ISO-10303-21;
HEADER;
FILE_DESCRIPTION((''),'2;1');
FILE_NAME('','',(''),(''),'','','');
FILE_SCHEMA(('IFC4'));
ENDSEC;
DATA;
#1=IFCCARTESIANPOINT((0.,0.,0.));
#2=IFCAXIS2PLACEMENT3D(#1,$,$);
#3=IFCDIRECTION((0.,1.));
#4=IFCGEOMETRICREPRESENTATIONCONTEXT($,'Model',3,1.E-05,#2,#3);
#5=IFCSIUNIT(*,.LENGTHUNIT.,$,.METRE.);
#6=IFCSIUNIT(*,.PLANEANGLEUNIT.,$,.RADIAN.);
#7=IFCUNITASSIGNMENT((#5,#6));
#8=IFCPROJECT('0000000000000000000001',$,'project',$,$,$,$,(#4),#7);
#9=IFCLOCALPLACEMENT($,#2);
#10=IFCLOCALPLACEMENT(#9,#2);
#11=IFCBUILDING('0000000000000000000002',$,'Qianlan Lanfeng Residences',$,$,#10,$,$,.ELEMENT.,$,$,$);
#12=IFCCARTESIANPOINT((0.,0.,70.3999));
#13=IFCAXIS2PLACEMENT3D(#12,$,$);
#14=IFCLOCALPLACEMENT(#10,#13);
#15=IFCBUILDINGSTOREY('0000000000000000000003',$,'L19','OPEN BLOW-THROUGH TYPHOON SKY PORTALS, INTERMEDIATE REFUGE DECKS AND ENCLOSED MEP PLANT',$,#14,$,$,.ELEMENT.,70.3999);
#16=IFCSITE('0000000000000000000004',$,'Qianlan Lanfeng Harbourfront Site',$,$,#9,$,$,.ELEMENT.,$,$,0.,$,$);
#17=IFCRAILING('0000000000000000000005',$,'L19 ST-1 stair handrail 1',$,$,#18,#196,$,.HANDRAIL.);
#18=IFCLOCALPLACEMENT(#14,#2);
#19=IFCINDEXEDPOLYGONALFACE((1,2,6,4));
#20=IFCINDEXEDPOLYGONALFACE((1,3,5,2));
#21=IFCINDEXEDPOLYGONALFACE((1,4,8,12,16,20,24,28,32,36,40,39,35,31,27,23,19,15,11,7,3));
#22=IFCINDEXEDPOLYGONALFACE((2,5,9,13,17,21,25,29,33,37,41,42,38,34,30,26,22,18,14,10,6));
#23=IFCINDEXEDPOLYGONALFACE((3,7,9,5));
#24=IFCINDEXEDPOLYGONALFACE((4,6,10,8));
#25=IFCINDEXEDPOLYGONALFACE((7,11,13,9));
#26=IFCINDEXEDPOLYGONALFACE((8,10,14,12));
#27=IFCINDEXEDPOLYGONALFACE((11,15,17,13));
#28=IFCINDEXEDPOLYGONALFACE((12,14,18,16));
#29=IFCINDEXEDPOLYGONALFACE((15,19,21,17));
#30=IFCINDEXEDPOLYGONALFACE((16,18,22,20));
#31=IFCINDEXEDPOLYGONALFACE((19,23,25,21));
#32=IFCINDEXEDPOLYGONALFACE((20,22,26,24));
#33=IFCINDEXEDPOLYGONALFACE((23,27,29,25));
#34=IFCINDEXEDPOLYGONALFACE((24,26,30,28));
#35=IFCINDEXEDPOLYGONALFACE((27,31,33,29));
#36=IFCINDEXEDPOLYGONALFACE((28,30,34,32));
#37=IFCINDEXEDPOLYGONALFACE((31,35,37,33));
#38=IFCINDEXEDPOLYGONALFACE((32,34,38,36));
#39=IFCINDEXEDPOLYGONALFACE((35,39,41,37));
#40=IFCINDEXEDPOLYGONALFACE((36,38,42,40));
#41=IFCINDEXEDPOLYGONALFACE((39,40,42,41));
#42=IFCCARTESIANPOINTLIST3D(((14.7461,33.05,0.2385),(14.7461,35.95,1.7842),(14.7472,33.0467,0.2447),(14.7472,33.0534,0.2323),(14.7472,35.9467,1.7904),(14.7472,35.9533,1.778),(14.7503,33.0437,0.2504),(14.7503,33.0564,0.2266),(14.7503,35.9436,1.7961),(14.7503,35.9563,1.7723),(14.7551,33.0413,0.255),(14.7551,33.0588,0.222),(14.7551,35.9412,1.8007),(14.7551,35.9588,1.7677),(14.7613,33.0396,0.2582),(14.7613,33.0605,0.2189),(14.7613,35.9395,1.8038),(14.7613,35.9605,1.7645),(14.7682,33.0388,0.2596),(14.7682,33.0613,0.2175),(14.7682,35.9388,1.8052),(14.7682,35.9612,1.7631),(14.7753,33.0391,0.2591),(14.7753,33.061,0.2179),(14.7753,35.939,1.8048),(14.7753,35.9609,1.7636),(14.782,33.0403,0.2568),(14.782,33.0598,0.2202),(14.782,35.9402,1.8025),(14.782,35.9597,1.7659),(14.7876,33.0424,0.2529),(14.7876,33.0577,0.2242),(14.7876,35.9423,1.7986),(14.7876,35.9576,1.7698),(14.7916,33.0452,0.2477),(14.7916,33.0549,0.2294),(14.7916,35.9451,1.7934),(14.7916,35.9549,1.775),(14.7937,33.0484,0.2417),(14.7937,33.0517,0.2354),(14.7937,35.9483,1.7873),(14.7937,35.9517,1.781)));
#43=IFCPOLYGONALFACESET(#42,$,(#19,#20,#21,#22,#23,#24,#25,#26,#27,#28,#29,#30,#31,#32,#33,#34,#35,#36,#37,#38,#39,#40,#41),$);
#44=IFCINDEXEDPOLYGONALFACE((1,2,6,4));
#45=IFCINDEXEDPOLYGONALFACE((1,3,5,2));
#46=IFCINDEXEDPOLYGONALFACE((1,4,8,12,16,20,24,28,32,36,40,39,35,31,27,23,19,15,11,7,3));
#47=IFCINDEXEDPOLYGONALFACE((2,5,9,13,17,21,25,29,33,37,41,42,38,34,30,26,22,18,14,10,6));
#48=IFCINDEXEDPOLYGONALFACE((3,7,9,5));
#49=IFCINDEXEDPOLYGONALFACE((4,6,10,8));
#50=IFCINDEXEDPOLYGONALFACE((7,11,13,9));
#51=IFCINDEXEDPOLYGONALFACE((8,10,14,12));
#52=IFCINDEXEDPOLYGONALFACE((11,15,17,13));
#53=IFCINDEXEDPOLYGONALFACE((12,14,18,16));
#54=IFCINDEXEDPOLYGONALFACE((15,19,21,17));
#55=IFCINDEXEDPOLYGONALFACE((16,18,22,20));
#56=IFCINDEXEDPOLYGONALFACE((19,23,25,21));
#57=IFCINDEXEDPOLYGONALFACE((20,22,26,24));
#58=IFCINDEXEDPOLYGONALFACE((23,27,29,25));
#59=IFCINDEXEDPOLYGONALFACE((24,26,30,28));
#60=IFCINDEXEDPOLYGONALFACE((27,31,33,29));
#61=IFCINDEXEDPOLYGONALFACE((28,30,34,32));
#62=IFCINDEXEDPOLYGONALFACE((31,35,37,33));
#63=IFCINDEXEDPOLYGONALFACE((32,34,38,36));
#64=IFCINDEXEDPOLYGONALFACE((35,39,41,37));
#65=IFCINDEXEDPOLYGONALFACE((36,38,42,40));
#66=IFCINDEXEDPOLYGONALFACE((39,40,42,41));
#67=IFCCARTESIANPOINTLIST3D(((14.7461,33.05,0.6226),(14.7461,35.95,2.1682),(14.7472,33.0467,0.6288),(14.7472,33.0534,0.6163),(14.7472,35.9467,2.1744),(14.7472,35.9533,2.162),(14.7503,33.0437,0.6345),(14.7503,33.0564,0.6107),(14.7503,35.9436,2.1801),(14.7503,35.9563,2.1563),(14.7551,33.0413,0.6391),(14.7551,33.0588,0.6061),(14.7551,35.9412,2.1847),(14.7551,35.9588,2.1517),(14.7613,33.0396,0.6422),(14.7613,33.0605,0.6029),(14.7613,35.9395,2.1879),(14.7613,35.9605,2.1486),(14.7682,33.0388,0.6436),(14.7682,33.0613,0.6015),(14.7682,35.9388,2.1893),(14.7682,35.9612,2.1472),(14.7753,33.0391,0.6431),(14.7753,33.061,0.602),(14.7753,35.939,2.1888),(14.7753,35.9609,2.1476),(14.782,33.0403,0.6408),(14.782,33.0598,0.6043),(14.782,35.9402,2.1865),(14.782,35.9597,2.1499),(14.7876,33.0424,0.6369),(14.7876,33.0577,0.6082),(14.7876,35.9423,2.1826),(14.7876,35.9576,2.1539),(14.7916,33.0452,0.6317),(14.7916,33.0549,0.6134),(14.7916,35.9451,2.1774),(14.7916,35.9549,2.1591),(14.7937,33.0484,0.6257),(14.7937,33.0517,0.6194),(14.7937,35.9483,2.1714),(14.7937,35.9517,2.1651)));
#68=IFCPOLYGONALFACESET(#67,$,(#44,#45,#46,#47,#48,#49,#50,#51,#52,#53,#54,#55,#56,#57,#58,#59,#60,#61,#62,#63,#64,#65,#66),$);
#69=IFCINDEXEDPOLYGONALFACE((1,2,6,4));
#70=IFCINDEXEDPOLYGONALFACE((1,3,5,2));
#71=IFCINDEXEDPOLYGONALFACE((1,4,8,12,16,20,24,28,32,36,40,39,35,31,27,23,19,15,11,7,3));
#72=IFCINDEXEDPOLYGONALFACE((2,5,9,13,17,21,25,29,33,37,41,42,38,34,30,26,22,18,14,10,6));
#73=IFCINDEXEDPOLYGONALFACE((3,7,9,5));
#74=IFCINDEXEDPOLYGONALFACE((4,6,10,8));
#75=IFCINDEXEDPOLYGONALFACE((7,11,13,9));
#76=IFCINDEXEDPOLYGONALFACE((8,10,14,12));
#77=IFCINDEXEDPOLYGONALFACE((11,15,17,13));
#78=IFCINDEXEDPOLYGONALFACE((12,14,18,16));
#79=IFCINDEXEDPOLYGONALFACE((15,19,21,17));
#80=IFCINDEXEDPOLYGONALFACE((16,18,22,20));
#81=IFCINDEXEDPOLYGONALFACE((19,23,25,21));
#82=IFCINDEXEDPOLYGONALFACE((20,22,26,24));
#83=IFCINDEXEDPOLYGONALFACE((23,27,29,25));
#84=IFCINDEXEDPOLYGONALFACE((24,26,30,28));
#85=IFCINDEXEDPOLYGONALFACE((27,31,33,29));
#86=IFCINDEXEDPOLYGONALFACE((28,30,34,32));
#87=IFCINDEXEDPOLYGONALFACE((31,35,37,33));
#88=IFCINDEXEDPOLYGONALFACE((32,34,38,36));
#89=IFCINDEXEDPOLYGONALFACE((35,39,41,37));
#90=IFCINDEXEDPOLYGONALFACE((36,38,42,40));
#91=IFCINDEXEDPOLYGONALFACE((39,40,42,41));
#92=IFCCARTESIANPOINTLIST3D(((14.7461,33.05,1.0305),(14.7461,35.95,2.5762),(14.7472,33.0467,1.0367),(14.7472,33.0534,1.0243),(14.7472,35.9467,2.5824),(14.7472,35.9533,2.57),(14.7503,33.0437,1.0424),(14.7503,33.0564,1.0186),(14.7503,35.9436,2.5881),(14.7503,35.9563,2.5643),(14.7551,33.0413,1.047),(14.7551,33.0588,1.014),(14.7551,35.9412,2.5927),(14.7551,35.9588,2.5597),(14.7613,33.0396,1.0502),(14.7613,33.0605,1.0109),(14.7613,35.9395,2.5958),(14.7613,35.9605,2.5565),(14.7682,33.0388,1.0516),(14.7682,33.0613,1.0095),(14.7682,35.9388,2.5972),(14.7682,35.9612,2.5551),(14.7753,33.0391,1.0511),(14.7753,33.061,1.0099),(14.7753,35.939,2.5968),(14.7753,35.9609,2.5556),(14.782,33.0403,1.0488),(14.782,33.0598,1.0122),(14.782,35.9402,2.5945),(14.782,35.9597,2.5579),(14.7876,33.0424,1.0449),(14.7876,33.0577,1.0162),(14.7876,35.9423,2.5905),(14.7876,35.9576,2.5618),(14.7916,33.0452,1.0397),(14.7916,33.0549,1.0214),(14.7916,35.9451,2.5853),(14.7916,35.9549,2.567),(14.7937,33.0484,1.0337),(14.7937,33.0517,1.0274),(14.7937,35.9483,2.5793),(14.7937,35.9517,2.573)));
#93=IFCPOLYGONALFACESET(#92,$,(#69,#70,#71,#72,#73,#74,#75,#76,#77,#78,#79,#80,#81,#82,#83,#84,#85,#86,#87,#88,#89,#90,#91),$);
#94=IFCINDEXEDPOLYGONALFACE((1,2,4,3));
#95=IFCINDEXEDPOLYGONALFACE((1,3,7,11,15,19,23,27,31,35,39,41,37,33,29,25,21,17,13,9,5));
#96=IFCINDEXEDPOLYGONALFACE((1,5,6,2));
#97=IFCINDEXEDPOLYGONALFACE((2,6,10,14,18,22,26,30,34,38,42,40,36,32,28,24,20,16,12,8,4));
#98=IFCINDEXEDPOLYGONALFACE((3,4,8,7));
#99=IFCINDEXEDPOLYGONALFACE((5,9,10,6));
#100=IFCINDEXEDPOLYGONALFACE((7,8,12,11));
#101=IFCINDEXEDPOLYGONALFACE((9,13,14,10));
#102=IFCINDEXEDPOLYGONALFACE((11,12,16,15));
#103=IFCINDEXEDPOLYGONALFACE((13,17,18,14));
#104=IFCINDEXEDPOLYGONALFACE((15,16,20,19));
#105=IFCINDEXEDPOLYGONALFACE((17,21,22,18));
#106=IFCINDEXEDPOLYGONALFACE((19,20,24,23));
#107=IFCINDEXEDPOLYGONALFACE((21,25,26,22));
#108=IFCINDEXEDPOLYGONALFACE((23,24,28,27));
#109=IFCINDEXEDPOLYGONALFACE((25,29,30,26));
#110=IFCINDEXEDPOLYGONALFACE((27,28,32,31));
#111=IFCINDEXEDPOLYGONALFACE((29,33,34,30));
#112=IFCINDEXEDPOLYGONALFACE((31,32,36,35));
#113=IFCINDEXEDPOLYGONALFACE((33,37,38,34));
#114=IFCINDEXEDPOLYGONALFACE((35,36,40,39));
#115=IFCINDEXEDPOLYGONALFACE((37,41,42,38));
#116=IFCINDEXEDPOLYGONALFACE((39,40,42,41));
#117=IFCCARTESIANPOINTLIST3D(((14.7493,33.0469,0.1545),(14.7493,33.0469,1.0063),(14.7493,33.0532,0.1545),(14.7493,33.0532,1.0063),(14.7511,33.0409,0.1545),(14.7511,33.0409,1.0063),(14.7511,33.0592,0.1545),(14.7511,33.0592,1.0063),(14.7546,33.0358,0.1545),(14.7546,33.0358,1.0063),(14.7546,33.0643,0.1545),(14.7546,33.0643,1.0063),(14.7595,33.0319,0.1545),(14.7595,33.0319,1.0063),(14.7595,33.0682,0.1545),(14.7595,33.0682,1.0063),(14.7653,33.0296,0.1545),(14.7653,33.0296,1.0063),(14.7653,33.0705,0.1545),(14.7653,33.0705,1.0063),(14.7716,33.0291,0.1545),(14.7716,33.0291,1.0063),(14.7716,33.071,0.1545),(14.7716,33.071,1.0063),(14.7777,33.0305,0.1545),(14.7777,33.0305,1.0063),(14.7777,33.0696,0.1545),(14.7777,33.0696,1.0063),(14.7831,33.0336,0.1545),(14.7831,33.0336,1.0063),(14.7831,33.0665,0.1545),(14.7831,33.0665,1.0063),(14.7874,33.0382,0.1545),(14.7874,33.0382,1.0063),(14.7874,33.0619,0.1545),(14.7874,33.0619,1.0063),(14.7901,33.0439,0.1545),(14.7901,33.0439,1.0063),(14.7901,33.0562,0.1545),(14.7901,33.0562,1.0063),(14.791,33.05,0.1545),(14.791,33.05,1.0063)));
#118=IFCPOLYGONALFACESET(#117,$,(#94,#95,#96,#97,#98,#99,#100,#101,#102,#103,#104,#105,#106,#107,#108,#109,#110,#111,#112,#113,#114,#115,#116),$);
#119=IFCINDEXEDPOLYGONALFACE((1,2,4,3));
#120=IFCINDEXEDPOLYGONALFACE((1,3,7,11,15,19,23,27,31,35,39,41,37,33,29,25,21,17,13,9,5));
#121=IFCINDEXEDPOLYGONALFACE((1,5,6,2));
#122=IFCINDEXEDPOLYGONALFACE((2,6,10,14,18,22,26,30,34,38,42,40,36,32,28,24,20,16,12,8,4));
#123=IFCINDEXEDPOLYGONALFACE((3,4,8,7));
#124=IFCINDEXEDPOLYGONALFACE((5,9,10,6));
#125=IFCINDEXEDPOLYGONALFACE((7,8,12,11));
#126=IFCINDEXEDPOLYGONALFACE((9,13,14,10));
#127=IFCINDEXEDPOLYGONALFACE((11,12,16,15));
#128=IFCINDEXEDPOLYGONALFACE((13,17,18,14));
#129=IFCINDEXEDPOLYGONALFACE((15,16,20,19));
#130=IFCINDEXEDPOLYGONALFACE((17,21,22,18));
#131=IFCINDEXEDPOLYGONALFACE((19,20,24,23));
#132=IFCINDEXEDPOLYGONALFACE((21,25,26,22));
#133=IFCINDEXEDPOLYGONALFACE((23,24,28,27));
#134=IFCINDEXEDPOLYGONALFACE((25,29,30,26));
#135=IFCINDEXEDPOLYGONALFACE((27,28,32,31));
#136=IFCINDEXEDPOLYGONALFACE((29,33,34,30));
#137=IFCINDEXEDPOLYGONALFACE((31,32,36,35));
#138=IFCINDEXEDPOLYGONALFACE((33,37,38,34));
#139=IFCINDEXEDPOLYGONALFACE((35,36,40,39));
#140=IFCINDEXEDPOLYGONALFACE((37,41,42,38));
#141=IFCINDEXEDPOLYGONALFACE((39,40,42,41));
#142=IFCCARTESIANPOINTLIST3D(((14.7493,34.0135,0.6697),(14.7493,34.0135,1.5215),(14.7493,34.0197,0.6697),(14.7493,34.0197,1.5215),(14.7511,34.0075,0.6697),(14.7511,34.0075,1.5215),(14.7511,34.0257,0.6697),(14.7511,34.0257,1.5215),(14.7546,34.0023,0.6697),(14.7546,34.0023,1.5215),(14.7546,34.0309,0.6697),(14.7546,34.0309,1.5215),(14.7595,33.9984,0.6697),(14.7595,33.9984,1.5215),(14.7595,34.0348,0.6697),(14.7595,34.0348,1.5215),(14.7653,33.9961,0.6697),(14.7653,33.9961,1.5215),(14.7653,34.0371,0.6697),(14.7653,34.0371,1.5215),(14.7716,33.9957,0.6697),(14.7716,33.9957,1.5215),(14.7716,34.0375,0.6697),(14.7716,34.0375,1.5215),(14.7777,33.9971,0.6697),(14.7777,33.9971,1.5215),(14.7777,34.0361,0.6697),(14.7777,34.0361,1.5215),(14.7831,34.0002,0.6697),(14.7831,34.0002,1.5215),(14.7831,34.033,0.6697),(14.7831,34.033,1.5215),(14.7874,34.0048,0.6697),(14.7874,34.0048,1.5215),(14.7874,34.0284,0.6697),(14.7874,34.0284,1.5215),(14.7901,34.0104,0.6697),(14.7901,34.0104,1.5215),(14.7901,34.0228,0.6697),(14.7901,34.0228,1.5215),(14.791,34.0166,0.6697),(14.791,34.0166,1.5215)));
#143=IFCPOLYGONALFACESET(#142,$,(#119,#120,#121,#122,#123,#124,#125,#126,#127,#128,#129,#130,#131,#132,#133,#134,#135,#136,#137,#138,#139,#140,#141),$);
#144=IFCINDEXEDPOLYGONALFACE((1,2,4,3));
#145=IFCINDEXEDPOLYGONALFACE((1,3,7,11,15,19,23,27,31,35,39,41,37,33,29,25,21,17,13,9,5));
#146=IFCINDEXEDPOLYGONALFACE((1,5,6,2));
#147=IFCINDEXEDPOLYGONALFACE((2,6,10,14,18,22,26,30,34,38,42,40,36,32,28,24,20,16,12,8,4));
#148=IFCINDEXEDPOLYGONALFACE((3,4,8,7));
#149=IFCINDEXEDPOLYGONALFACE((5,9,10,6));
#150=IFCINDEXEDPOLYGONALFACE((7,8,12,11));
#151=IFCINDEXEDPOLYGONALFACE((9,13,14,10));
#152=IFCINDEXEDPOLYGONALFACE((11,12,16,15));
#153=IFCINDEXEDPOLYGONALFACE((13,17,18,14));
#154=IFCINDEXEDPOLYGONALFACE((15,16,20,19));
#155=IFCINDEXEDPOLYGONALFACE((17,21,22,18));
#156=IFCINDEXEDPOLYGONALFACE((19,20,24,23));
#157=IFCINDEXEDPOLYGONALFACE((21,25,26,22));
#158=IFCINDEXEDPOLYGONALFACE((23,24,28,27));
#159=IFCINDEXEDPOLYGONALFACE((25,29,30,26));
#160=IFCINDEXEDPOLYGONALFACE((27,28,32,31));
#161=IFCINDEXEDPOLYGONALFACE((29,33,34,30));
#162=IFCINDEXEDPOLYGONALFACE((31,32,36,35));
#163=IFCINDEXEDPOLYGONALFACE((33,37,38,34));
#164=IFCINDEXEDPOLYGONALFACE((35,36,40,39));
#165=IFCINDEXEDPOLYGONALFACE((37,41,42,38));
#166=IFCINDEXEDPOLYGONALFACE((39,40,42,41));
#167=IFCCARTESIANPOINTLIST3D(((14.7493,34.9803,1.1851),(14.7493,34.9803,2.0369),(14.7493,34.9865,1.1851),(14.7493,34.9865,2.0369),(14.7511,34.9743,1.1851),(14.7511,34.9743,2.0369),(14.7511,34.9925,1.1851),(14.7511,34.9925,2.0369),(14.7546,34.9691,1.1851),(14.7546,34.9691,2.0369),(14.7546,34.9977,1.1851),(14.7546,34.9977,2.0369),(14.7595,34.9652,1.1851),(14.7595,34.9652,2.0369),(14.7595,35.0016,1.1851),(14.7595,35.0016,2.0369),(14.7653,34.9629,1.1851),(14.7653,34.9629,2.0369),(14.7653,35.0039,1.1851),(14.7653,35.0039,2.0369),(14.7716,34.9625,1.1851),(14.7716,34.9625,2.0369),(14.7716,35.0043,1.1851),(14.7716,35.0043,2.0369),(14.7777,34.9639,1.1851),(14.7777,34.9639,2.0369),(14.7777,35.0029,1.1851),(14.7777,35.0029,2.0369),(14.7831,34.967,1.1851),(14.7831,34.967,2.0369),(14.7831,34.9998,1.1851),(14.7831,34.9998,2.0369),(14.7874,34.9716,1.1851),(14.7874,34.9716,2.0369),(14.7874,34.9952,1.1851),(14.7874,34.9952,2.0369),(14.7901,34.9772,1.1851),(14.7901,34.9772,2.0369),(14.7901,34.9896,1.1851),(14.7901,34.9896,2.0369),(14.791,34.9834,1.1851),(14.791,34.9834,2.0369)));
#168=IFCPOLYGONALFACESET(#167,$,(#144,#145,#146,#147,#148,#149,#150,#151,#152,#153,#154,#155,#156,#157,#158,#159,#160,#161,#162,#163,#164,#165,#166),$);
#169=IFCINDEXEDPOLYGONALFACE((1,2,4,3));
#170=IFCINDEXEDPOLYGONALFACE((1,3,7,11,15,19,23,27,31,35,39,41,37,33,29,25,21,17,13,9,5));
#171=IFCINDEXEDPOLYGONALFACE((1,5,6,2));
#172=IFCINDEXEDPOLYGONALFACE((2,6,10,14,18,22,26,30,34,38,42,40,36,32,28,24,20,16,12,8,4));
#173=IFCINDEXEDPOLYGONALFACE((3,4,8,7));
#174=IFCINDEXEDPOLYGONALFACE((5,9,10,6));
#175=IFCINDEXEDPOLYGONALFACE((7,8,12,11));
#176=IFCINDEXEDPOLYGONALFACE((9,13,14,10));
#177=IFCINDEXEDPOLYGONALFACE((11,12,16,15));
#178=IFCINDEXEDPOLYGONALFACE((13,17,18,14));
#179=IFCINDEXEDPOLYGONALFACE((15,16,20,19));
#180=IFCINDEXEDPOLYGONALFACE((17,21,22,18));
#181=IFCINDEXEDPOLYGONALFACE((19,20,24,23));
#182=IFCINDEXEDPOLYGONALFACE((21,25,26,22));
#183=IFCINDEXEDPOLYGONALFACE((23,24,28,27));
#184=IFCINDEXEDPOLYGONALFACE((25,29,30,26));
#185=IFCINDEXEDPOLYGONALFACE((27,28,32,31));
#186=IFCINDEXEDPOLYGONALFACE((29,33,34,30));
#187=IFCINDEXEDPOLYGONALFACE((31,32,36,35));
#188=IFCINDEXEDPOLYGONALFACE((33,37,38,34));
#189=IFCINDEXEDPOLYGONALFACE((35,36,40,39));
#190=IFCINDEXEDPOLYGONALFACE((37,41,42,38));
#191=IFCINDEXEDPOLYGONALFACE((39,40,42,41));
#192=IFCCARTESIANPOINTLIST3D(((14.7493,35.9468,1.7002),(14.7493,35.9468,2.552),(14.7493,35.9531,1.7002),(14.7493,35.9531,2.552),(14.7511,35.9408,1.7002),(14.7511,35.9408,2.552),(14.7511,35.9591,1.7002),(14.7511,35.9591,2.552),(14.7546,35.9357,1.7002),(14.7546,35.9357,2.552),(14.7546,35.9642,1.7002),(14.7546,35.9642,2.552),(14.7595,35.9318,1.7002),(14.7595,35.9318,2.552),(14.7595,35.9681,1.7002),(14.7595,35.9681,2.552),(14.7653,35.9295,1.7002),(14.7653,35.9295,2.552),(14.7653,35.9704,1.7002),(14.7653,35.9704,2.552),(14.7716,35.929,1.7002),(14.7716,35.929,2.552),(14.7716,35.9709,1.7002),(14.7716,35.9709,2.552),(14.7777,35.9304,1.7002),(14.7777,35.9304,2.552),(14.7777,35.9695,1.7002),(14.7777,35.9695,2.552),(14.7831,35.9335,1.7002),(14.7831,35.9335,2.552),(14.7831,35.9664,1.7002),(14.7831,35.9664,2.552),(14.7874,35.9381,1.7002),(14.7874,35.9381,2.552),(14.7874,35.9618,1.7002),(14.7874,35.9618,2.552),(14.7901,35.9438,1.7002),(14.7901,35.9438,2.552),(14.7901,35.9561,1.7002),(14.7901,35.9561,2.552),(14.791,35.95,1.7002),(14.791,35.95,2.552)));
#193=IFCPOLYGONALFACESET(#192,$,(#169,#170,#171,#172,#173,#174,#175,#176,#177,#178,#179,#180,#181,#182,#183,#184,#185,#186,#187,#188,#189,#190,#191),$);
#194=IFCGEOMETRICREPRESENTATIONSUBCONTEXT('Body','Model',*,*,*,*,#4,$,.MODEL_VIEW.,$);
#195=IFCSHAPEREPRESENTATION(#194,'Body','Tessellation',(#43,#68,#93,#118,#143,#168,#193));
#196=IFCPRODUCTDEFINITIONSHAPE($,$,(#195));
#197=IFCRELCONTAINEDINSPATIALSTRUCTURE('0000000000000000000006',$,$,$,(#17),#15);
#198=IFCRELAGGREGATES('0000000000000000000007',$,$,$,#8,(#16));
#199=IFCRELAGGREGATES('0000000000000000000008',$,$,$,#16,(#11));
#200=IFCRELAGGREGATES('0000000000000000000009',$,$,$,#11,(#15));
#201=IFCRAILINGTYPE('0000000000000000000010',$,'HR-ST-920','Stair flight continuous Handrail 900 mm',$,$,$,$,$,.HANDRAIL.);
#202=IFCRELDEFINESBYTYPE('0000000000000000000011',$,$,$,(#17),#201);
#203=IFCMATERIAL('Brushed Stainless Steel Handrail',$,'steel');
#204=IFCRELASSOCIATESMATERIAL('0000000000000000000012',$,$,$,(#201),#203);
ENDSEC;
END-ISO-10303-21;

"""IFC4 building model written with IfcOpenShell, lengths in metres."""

from ifc_helpers import new_model, si_unit, direction, frame, origin, origin_2d, place, context, subcontext, project, spatial, circle, extrude, material, type_object, element, save


model = new_model("IFC4")

# Units and contexts
model_context = context("Model", 3, precision=1e-05, world=origin(), true_north=direction((0.0, 1.0)))
body_context = subcontext(model_context, "Body", "Model", "MODEL_VIEW")
ifc_project = project(units=[si_unit("LENGTHUNIT", "METRE"), si_unit("PLANEANGLEUNIT", "RADIAN")], contexts=[model_context])

# Site, building, storey
site_placement = place(None, origin())
site = spatial("IfcSite", under=ifc_project, at=site_placement, Name="Qianlan Lanfeng Harbourfront Site", CompositionType="ELEMENT", RefElevation=0.0)
building_placement = place(site_placement, origin())
building = spatial("IfcBuilding", under=site, at=building_placement, Name="Qianlan Lanfeng Residences", CompositionType="ELEMENT")
storey_placement = place(building_placement, frame((0.0, 0.0, 70.3999)))
storey = spatial("IfcBuildingStorey", under=building, at=storey_placement, Name="L19", Description="OPEN BLOW-THROUGH TYPHOON SKY PORTALS, INTERMEDIATE REFUGE DECKS AND ENCLOSED MEP PLANT", CompositionType="ELEMENT", Elevation=70.3999)

# Railing
ifc_material_1 = material(Name="Brushed Stainless Steel Handrail", Category="steel")
railing_type_1 = type_object("IfcRailingType", Name="HR-ST-920", Description="Stair flight continuous Handrail 900 mm", PredefinedType="HANDRAIL", material=ifc_material_1)
railing_1_placement = place(storey_placement, frame((14.77, 33.05, 0.1545)))
element("IfcRailing", 1, at=railing_1_placement, inside=storey, type_object=railing_type_1, Name="L19 ST-1 stair handrail 1", PredefinedType="HANDRAIL", context=body_context, shape_type="SweptSolid", body=[
    extrude(circle(Radius=0.0239, at=origin_2d()), frame((0.0, 0.0, 0.084), z_axis=(0.0, 0.882474, 0.470361), x_axis=(-1.0, 0.0, 0.0)), (0.0, 0.0, 1.0), 3.2861),
    extrude(circle(Radius=0.0239, at=origin_2d()), frame((0.0, 0.0, 0.468), z_axis=(0.0, 0.882474, 0.470361), x_axis=(-1.0, 0.0, 0.0)), (0.0, 0.0, 1.0), 3.2861),
    extrude(circle(Radius=0.0239, at=origin_2d()), frame((0.0, 0.0, 0.876), z_axis=(0.0, 0.882474, 0.470361), x_axis=(-1.0, 0.0, 0.0)), (0.0, 0.0, 1.0), 3.2861),
    extrude(circle(Radius=0.021, at=origin_2d()), origin(), (0.0, 0.0, 1.0), 0.8518),
    extrude(circle(Radius=0.021, at=origin_2d()), frame((0.0, 0.9666, 0.5151)), (0.0, 0.0, 1.0), 0.8518),
    extrude(circle(Radius=0.021, at=origin_2d()), frame((0.0, 1.9333, 1.0305)), (0.0, 0.0, 1.0), 0.8518),
    extrude(circle(Radius=0.021, at=origin_2d()), frame((0.0, 2.8999, 1.5457)), (0.0, 0.0, 1.0), 0.8518),
])

save(model, "model.ifc")
